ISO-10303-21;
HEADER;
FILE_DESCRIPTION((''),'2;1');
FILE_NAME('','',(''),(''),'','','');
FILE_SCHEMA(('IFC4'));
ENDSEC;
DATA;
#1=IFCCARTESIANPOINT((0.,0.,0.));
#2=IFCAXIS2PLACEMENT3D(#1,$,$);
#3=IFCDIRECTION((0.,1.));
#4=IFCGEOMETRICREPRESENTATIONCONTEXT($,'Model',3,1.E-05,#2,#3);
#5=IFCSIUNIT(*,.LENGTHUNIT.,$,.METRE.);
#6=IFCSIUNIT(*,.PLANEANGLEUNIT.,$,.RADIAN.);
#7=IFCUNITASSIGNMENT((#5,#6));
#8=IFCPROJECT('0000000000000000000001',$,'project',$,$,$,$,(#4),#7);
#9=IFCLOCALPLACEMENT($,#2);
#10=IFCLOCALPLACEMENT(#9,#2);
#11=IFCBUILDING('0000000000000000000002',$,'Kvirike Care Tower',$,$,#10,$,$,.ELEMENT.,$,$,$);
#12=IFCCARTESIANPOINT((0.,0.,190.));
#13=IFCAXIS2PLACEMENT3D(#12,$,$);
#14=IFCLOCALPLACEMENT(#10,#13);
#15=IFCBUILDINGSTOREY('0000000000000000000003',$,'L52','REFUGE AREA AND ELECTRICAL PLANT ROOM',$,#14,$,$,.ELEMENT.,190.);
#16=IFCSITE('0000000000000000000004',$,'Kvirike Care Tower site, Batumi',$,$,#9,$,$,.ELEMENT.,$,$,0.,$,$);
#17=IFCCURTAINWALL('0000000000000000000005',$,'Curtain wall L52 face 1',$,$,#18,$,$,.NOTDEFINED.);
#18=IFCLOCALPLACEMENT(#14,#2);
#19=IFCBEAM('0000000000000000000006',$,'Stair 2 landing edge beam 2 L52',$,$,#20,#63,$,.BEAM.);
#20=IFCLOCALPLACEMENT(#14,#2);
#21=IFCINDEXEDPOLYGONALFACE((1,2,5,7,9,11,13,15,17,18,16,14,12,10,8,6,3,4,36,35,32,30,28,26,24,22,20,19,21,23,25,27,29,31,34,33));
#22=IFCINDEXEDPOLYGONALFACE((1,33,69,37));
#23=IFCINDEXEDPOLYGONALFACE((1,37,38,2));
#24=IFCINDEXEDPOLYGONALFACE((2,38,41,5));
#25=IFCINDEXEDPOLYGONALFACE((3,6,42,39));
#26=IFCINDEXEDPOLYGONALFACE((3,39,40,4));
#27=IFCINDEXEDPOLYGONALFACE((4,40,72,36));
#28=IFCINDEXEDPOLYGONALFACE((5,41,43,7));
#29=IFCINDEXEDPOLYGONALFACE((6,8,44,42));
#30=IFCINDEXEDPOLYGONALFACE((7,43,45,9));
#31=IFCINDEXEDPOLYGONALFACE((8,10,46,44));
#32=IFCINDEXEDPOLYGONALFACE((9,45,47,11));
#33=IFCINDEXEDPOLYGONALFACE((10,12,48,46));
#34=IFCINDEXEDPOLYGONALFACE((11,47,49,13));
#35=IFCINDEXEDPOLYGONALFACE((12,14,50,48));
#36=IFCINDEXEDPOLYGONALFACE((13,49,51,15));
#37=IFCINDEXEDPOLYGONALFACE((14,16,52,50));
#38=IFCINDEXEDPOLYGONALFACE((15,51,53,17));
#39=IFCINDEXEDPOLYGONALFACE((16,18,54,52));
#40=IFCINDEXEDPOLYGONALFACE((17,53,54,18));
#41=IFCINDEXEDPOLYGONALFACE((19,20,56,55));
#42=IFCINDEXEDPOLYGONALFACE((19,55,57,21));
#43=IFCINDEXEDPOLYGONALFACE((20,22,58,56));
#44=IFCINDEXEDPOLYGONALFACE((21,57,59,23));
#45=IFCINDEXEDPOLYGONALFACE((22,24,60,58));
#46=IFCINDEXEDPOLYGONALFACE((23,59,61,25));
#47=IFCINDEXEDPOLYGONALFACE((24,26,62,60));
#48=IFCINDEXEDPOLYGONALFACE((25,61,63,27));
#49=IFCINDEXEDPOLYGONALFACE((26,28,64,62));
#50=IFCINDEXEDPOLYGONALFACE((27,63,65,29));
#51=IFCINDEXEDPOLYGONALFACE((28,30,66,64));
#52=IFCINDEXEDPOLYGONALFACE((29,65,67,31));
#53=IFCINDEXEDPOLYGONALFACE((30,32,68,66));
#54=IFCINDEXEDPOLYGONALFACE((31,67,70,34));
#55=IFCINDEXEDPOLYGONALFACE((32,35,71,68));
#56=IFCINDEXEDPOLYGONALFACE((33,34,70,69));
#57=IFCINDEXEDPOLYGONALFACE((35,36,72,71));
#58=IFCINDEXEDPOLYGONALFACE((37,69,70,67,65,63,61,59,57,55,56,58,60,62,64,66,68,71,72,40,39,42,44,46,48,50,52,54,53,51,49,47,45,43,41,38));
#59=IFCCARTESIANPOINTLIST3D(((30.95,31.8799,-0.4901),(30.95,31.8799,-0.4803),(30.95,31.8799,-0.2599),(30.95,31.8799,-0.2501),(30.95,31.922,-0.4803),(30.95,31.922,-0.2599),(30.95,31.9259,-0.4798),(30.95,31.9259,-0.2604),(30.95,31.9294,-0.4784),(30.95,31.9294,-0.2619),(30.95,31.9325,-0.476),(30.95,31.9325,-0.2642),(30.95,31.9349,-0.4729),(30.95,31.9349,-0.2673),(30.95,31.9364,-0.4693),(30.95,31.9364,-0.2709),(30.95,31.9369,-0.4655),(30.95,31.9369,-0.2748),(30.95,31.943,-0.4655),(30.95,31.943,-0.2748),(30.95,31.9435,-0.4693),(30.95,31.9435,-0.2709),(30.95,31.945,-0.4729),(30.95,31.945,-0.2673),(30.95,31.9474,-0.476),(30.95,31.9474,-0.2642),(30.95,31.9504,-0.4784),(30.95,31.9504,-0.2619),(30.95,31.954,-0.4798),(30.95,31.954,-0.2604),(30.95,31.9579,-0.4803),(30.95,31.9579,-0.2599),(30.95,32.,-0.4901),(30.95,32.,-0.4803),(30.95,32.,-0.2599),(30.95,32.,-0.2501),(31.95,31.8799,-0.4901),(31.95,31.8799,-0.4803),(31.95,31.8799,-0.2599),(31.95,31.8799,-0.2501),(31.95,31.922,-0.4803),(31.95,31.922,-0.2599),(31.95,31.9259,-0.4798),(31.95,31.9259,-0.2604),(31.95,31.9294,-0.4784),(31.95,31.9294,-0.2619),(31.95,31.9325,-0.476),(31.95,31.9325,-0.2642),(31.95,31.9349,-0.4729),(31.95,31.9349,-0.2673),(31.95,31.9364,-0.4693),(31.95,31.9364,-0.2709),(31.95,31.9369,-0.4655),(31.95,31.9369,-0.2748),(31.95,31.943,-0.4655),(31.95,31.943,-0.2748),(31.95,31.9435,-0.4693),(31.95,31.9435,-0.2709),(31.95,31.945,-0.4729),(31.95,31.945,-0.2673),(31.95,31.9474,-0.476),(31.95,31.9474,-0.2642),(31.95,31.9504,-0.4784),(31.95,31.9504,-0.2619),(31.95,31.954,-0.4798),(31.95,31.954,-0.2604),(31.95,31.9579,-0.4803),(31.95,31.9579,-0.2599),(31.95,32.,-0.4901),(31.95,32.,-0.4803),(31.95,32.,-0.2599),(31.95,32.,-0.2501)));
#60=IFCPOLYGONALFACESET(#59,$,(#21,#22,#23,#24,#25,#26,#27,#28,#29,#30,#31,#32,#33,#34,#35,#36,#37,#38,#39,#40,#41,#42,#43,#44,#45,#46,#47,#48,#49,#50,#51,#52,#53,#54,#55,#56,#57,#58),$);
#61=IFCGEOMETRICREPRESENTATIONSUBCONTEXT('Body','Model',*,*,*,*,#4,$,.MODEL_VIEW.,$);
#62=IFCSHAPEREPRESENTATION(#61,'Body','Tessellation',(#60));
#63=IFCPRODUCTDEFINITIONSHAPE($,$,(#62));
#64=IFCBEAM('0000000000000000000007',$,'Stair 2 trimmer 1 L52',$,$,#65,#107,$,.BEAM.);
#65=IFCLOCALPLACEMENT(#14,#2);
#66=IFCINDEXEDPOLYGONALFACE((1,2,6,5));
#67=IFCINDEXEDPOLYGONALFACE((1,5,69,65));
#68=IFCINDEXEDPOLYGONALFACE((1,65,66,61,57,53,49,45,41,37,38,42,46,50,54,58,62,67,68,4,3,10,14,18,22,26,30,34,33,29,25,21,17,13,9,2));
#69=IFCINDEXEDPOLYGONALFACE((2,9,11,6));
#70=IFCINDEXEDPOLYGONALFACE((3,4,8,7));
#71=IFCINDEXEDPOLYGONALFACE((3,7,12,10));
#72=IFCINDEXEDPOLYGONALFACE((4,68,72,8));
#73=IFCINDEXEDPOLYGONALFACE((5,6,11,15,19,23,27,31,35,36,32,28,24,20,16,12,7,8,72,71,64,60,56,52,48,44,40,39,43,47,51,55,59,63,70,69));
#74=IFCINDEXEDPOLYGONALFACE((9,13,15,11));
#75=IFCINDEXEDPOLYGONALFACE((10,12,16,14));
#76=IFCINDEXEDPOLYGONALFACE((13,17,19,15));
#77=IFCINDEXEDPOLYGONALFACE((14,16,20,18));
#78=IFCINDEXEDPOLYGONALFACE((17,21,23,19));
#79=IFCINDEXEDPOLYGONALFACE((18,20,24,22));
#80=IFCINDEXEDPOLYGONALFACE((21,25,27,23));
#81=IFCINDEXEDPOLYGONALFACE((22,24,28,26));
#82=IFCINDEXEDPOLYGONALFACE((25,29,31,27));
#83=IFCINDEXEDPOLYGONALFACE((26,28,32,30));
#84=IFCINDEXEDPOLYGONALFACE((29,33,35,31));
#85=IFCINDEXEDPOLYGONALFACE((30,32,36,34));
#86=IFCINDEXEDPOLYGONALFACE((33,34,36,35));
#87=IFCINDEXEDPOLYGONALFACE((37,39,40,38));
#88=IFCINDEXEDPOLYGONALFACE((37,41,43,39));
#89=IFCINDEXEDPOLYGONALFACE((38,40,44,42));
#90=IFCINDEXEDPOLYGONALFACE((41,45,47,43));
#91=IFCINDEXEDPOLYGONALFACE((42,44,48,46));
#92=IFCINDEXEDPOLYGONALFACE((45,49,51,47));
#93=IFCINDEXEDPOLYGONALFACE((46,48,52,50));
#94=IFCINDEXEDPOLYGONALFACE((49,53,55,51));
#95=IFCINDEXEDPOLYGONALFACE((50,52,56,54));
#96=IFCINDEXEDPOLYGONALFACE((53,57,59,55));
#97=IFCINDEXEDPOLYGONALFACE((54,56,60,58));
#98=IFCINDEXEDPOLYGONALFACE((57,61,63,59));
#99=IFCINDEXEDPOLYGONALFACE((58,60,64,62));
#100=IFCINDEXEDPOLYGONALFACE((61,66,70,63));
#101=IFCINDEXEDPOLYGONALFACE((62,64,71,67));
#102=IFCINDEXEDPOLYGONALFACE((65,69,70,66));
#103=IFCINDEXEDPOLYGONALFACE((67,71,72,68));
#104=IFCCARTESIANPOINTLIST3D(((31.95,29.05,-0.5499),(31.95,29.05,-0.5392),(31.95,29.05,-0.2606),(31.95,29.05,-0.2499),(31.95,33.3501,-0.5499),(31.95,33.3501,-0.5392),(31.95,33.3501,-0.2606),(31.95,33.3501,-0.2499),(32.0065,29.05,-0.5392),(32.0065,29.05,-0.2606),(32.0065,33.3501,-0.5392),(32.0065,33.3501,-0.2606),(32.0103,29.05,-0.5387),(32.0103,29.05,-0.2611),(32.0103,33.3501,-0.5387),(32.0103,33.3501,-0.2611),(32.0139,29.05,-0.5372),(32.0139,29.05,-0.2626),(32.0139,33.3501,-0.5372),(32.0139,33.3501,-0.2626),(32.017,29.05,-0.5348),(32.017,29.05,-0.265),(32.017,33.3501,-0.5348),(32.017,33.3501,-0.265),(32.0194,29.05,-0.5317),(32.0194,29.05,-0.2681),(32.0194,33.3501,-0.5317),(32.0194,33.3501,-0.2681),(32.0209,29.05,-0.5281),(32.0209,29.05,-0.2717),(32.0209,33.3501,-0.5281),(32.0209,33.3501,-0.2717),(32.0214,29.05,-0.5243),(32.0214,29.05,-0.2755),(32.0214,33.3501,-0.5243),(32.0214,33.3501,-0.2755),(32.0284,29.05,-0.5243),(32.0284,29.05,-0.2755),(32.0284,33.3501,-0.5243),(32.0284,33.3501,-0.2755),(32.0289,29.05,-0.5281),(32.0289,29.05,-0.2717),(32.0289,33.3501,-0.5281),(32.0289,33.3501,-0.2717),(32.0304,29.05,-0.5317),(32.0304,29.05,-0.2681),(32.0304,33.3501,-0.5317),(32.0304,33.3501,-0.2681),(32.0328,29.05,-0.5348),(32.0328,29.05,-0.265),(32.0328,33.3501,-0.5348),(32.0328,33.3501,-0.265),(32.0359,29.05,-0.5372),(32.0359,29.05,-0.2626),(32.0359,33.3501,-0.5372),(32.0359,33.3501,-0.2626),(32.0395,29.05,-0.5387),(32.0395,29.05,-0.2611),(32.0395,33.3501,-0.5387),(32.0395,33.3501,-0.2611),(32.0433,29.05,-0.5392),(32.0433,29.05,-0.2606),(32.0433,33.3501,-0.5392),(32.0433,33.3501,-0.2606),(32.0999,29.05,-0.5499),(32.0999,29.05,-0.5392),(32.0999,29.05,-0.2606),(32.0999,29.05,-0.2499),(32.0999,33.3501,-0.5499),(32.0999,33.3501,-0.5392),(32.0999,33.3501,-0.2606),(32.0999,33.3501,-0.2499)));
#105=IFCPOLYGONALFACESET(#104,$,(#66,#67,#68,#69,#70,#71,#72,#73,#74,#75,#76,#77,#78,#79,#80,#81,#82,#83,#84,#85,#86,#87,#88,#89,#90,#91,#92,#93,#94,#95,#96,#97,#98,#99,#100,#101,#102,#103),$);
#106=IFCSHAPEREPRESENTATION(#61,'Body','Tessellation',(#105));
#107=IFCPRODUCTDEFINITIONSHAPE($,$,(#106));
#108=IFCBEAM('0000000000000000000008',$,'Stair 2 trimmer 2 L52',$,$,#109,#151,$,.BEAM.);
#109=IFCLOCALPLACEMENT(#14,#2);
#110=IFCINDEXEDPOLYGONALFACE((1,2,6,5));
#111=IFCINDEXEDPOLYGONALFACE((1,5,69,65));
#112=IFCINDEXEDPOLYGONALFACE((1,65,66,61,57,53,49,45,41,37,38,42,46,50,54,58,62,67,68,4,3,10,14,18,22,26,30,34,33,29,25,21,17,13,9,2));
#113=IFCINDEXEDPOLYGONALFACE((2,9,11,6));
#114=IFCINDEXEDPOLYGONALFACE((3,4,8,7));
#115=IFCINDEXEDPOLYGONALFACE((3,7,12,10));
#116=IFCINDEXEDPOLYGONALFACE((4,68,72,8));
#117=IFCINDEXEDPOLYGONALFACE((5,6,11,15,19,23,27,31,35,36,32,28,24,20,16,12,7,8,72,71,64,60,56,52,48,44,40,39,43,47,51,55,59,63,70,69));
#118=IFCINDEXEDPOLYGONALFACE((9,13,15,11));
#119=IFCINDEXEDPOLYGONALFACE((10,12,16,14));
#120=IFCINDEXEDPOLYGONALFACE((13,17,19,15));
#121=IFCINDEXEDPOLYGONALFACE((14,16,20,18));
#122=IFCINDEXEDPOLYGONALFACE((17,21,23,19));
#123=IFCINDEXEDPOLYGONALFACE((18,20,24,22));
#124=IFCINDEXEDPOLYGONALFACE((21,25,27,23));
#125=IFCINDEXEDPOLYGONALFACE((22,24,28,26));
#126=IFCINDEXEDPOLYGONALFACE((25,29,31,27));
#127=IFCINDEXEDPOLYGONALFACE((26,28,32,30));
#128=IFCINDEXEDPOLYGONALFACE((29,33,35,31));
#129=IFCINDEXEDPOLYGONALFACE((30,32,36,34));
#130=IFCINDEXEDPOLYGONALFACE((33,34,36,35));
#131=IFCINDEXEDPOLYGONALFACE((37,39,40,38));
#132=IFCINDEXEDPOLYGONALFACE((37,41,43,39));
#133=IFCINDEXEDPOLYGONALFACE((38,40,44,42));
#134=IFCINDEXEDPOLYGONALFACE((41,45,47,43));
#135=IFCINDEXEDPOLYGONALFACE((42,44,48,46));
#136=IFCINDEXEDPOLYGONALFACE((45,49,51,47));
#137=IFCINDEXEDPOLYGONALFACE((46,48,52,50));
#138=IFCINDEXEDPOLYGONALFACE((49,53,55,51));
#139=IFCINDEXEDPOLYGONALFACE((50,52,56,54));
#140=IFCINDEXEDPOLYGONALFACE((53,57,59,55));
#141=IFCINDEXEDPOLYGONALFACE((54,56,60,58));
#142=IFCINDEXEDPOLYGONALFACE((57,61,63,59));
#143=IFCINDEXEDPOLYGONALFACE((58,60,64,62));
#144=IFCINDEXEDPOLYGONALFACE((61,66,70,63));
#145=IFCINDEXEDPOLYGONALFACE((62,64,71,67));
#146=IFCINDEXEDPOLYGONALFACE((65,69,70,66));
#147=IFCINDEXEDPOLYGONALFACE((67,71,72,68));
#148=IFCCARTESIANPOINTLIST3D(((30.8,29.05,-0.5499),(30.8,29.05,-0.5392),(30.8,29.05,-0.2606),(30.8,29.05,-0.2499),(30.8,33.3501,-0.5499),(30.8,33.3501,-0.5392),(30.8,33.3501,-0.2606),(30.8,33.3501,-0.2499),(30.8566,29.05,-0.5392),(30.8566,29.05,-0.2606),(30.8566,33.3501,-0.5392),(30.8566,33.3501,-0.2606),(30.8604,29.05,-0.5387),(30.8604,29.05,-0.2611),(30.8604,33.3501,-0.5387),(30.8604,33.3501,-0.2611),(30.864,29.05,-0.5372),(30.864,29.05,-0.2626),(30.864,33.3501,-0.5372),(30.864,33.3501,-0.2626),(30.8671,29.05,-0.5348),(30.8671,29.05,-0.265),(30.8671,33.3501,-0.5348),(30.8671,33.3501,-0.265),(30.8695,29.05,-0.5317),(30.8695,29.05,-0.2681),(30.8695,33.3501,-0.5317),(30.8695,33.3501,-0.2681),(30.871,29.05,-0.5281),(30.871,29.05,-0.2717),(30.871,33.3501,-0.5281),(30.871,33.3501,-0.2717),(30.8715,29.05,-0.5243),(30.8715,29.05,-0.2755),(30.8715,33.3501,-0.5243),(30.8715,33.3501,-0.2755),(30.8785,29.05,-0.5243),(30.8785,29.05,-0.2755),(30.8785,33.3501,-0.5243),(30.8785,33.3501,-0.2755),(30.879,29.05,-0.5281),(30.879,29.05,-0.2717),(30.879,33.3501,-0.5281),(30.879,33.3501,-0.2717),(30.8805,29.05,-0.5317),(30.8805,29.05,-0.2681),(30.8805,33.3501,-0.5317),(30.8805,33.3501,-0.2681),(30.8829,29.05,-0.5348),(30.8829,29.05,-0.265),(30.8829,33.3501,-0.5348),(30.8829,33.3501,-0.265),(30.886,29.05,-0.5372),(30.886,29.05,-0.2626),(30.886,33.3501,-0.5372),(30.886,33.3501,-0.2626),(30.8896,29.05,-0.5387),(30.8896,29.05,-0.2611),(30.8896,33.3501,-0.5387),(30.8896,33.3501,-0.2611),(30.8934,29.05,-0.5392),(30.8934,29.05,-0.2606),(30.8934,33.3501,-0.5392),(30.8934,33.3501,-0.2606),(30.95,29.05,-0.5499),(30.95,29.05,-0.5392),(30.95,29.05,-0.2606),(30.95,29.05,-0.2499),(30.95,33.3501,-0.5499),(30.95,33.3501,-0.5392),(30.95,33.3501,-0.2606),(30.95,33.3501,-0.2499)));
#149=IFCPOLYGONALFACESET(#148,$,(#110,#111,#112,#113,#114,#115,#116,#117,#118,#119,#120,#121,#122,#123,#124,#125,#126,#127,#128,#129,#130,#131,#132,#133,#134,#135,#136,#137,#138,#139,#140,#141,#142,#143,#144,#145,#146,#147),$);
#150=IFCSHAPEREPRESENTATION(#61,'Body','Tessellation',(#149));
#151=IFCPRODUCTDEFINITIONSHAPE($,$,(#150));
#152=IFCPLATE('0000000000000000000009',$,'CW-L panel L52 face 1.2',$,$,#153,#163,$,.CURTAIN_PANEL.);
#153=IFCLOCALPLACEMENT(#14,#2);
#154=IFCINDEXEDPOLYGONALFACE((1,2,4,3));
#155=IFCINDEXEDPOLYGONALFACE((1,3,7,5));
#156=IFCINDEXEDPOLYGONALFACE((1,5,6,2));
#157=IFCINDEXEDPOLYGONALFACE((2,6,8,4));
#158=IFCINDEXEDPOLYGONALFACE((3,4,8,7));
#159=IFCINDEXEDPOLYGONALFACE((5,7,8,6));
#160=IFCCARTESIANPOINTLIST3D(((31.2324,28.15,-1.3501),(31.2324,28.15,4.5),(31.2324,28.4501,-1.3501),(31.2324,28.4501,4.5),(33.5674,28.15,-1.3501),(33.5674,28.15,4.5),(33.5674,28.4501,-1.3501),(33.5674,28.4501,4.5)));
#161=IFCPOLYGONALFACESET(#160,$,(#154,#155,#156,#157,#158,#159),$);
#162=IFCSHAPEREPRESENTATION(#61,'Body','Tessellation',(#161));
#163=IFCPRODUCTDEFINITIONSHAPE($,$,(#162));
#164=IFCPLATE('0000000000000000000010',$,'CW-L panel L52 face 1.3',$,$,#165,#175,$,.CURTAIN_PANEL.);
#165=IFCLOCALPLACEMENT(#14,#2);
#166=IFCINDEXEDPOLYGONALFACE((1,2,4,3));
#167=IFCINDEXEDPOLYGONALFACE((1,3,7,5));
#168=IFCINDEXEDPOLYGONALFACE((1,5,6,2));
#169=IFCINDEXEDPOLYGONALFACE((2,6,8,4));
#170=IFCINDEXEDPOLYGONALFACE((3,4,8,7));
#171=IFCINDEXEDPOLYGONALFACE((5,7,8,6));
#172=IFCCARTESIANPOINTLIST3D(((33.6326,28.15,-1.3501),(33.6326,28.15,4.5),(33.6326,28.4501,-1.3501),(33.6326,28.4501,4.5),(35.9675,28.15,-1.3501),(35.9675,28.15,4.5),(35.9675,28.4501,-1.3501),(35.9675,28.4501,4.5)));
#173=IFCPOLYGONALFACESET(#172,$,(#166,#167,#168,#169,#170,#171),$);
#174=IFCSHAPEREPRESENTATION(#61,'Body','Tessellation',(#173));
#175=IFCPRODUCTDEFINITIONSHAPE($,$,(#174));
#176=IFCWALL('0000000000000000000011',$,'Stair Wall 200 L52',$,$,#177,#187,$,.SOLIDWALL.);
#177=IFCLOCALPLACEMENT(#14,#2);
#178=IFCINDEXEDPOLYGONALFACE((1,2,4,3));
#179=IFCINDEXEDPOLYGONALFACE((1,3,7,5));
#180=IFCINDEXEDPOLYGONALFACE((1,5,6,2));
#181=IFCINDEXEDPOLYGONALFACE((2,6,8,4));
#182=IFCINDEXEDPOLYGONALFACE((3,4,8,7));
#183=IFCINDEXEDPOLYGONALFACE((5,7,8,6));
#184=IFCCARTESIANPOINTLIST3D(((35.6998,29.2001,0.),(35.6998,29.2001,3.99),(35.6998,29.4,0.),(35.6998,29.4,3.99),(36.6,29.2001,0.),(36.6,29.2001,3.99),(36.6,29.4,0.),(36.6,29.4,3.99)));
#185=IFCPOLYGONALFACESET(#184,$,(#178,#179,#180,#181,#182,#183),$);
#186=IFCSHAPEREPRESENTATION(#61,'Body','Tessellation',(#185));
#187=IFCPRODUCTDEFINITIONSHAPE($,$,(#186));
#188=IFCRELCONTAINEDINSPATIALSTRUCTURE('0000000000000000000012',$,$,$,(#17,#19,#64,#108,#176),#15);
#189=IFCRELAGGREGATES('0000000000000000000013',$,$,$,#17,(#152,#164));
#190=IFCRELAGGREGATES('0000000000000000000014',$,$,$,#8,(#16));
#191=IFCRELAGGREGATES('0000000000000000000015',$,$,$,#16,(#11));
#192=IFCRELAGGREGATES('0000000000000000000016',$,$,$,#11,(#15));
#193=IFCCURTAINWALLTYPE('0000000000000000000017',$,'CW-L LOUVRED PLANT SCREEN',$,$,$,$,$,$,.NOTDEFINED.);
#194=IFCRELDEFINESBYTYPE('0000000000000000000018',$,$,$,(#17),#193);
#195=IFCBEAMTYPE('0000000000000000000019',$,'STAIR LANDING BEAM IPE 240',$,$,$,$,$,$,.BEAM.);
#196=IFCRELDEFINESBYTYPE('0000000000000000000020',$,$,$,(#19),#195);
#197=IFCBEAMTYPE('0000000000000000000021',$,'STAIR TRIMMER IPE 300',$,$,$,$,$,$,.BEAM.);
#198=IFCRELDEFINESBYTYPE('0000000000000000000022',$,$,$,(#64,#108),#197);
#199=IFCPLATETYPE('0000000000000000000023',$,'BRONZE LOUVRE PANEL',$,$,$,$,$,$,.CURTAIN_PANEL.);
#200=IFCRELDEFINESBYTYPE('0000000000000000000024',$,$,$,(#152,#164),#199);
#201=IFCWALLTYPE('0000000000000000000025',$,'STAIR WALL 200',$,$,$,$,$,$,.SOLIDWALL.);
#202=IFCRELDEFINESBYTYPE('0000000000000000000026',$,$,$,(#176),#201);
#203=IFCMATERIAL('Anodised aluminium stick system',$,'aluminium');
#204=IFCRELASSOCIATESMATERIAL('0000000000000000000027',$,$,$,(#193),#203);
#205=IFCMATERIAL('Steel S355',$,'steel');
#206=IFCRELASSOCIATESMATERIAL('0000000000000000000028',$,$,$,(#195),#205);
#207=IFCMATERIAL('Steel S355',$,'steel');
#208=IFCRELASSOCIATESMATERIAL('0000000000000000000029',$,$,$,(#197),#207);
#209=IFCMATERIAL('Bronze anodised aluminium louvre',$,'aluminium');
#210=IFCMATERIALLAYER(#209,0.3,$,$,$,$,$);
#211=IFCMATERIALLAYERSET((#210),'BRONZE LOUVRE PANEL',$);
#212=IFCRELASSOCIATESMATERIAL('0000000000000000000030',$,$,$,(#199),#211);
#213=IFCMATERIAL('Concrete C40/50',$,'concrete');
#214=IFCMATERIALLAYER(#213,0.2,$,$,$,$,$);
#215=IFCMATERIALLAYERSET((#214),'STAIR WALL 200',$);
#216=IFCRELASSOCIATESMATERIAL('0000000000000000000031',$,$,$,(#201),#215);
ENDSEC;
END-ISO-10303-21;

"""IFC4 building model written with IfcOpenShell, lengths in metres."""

from ifc_helpers import new_model, si_unit, direction, frame, frame_2d, origin, origin_2d, place, context, subcontext, project, spatial, rectangle, i_section, extrude, material, layer, layer_set, material_profile, profile_set, type_object, element, aggregate, save


model = new_model("IFC4")

# Units and contexts
model_context = context("Model", 3, precision=1e-05, world=origin(), true_north=direction((0.0, 1.0)))
body_context = subcontext(model_context, "Body", "Model", "MODEL_VIEW")
ifc_project = project(units=[si_unit("LENGTHUNIT", "METRE"), si_unit("PLANEANGLEUNIT", "RADIAN")], contexts=[model_context])

# Site, building, storey
site_placement = place(None, origin())
site = spatial("IfcSite", under=ifc_project, at=site_placement, Name="Kvirike Care Tower site, Batumi", CompositionType="ELEMENT", RefElevation=0.0)
building_placement = place(site_placement, origin())
building = spatial("IfcBuilding", under=site, at=building_placement, Name="Kvirike Care Tower", CompositionType="ELEMENT")
storey_placement = place(building_placement, frame((0.0, 0.0, 190.0)))
storey = spatial("IfcBuildingStorey", under=building, at=storey_placement, Name="L52", Description="REFUGE AREA AND ELECTRICAL PLANT ROOM", CompositionType="ELEMENT", Elevation=190.0)

# Curtain wall
ifc_material_1 = material(Name="Anodised aluminium stick system", Category="aluminium")
curtain_wall_type = type_object("IfcCurtainWallType", Name="CW-L LOUVRED PLANT SCREEN", PredefinedType="NOTDEFINED", material=ifc_material_1)
curtain_wall_placement = place(storey_placement, origin())
curtain_wall = element("IfcCurtainWall", 1, at=curtain_wall_placement, inside=storey, type_object=curtain_wall_type, Name="Curtain wall L52 face 1", PredefinedType="NOTDEFINED")

# Beams
ifc_material_2 = material(Name="Steel S355", Category="steel")
ifc_material_profile_1 = material_profile(ifc_material_2, i_section(OverallWidth=0.1201, OverallDepth=0.24, WebThickness=0.0061, FlangeThickness=0.0098, FilletRadius=0.0149, at=origin_2d()), Name="IPE 240")
ifc_profile_set_1 = profile_set([ifc_material_profile_1], Name="Steel S355")
beam_type_1 = type_object("IfcBeamType", Name="STAIR LANDING BEAM IPE 240", PredefinedType="BEAM", material=ifc_profile_set_1)
for number, where, z_axis, x_axis, name in (
    (2, (31.95, 31.9399, -0.3701), (-1.0, 0.0, 0.0), (0.0, -1.0, 0.0), "Stair 2 landing edge beam 2 L52"),
):
    element("IfcBeam", number, at=place(storey_placement, frame(where, z_axis=z_axis, x_axis=x_axis)), inside=storey, type_object=beam_type_1, Name=name, PredefinedType="BEAM", context=body_context, shape_type="SweptSolid", body=[
        extrude(i_section(OverallWidth=0.1201, OverallDepth=0.24, WebThickness=0.0061, FlangeThickness=0.0098, FilletRadius=0.0149, at=origin_2d()), origin(), (0.0, 0.0, 1.0), 1.0),
    ])
ifc_material_3 = material(Name="Steel S355", Category="steel")
ifc_material_profile_2 = material_profile(ifc_material_3, i_section(OverallWidth=0.1499, OverallDepth=0.3, WebThickness=0.0071, FlangeThickness=0.0107, FilletRadius=0.0149, at=origin_2d()), Name="IPE 300")
ifc_profile_set_2 = profile_set([ifc_material_profile_2], Name="Steel S355")
beam_type_2 = type_object("IfcBeamType", Name="STAIR TRIMMER IPE 300", PredefinedType="BEAM", material=ifc_profile_set_2)
for number, where, z_axis, x_axis, name in (
    (3, (32.0249, 29.05, -0.3999), (0.0, 1.0, 0.0), (-1.0, 0.0, 0.0), "Stair 2 trimmer 1 L52"),
    (4, (30.875, 29.05, -0.3999), (0.0, 1.0, 0.0), (-1.0, 0.0, 0.0), "Stair 2 trimmer 2 L52"),
):
    element("IfcBeam", number, at=place(storey_placement, frame(where, z_axis=z_axis, x_axis=x_axis)), inside=storey, type_object=beam_type_2, Name=name, PredefinedType="BEAM", context=body_context, shape_type="SweptSolid", body=[
        extrude(i_section(OverallWidth=0.1499, OverallDepth=0.3, WebThickness=0.0071, FlangeThickness=0.0107, FilletRadius=0.0149, at=origin_2d()), origin(), (0.0, 0.0, 1.0), 4.3),
    ])

# Plates
ifc_material_4 = material(Name="Bronze anodised aluminium louvre", Category="aluminium")
ifc_layer_1 = layer(ifc_material_4, 0.3)
ifc_layer_set_1 = layer_set([ifc_layer_1], Name="BRONZE LOUVRE PANEL")
plate_type = type_object("IfcPlateType", Name="BRONZE LOUVRE PANEL", PredefinedType="CURTAIN_PANEL", material=ifc_layer_set_1)
plate_1_placement = place(storey_placement, frame((32.3999, 28.3, -1.3501), z_axis=(0.0, 0.0, 1.0), x_axis=(1.0, 0.0, 0.0)))
plate_1 = element("IfcPlate", 5, at=plate_1_placement, type_object=plate_type, Name="CW-L panel L52 face 1.2", PredefinedType="CURTAIN_PANEL", context=body_context, shape_type="SweptSolid", body=[
    extrude(rectangle(XDim=2.335, YDim=0.3, at=origin_2d()), origin(), (0.0, 0.0, 1.0), 5.8501),
])
plate_2_placement = place(storey_placement, frame((34.8, 28.3, -1.3501), z_axis=(0.0, 0.0, 1.0), x_axis=(1.0, 0.0, 0.0)))
plate_2 = element("IfcPlate", 6, at=plate_2_placement, type_object=plate_type, Name="CW-L panel L52 face 1.3", PredefinedType="CURTAIN_PANEL", context=body_context, shape_type="SweptSolid", body=[
    extrude(rectangle(XDim=2.335, YDim=0.3, at=origin_2d()), origin(), (0.0, 0.0, 1.0), 5.8501),
])
aggregate(curtain_wall, [plate_1, plate_2])

# Wall
ifc_material_5 = material(Name="Concrete C40/50", Category="concrete")
ifc_layer_2 = layer(ifc_material_5, 0.2)
ifc_layer_set_2 = layer_set([ifc_layer_2], Name="STAIR WALL 200")
wall_type = type_object("IfcWallType", Name="STAIR WALL 200", PredefinedType="SOLIDWALL", material=ifc_layer_set_2)
wall_1_placement = place(storey_placement, frame((36.6001, 29.3, 0.0), z_axis=(0.0, 0.0, 1.0), x_axis=(-1.0, 0.0, 0.0)))
element("IfcWall", 7, at=wall_1_placement, inside=storey, type_object=wall_type, Name="Stair Wall 200 L52", PredefinedType="SOLIDWALL", context=body_context, shape_type="SweptSolid", body=[
    extrude(rectangle(XDim=0.9001, YDim=0.2, at=frame_2d((0.4502, 0.0))), origin(), (0.0, 0.0, 1.0), 3.99),
])

save(model, "model.ifc")
